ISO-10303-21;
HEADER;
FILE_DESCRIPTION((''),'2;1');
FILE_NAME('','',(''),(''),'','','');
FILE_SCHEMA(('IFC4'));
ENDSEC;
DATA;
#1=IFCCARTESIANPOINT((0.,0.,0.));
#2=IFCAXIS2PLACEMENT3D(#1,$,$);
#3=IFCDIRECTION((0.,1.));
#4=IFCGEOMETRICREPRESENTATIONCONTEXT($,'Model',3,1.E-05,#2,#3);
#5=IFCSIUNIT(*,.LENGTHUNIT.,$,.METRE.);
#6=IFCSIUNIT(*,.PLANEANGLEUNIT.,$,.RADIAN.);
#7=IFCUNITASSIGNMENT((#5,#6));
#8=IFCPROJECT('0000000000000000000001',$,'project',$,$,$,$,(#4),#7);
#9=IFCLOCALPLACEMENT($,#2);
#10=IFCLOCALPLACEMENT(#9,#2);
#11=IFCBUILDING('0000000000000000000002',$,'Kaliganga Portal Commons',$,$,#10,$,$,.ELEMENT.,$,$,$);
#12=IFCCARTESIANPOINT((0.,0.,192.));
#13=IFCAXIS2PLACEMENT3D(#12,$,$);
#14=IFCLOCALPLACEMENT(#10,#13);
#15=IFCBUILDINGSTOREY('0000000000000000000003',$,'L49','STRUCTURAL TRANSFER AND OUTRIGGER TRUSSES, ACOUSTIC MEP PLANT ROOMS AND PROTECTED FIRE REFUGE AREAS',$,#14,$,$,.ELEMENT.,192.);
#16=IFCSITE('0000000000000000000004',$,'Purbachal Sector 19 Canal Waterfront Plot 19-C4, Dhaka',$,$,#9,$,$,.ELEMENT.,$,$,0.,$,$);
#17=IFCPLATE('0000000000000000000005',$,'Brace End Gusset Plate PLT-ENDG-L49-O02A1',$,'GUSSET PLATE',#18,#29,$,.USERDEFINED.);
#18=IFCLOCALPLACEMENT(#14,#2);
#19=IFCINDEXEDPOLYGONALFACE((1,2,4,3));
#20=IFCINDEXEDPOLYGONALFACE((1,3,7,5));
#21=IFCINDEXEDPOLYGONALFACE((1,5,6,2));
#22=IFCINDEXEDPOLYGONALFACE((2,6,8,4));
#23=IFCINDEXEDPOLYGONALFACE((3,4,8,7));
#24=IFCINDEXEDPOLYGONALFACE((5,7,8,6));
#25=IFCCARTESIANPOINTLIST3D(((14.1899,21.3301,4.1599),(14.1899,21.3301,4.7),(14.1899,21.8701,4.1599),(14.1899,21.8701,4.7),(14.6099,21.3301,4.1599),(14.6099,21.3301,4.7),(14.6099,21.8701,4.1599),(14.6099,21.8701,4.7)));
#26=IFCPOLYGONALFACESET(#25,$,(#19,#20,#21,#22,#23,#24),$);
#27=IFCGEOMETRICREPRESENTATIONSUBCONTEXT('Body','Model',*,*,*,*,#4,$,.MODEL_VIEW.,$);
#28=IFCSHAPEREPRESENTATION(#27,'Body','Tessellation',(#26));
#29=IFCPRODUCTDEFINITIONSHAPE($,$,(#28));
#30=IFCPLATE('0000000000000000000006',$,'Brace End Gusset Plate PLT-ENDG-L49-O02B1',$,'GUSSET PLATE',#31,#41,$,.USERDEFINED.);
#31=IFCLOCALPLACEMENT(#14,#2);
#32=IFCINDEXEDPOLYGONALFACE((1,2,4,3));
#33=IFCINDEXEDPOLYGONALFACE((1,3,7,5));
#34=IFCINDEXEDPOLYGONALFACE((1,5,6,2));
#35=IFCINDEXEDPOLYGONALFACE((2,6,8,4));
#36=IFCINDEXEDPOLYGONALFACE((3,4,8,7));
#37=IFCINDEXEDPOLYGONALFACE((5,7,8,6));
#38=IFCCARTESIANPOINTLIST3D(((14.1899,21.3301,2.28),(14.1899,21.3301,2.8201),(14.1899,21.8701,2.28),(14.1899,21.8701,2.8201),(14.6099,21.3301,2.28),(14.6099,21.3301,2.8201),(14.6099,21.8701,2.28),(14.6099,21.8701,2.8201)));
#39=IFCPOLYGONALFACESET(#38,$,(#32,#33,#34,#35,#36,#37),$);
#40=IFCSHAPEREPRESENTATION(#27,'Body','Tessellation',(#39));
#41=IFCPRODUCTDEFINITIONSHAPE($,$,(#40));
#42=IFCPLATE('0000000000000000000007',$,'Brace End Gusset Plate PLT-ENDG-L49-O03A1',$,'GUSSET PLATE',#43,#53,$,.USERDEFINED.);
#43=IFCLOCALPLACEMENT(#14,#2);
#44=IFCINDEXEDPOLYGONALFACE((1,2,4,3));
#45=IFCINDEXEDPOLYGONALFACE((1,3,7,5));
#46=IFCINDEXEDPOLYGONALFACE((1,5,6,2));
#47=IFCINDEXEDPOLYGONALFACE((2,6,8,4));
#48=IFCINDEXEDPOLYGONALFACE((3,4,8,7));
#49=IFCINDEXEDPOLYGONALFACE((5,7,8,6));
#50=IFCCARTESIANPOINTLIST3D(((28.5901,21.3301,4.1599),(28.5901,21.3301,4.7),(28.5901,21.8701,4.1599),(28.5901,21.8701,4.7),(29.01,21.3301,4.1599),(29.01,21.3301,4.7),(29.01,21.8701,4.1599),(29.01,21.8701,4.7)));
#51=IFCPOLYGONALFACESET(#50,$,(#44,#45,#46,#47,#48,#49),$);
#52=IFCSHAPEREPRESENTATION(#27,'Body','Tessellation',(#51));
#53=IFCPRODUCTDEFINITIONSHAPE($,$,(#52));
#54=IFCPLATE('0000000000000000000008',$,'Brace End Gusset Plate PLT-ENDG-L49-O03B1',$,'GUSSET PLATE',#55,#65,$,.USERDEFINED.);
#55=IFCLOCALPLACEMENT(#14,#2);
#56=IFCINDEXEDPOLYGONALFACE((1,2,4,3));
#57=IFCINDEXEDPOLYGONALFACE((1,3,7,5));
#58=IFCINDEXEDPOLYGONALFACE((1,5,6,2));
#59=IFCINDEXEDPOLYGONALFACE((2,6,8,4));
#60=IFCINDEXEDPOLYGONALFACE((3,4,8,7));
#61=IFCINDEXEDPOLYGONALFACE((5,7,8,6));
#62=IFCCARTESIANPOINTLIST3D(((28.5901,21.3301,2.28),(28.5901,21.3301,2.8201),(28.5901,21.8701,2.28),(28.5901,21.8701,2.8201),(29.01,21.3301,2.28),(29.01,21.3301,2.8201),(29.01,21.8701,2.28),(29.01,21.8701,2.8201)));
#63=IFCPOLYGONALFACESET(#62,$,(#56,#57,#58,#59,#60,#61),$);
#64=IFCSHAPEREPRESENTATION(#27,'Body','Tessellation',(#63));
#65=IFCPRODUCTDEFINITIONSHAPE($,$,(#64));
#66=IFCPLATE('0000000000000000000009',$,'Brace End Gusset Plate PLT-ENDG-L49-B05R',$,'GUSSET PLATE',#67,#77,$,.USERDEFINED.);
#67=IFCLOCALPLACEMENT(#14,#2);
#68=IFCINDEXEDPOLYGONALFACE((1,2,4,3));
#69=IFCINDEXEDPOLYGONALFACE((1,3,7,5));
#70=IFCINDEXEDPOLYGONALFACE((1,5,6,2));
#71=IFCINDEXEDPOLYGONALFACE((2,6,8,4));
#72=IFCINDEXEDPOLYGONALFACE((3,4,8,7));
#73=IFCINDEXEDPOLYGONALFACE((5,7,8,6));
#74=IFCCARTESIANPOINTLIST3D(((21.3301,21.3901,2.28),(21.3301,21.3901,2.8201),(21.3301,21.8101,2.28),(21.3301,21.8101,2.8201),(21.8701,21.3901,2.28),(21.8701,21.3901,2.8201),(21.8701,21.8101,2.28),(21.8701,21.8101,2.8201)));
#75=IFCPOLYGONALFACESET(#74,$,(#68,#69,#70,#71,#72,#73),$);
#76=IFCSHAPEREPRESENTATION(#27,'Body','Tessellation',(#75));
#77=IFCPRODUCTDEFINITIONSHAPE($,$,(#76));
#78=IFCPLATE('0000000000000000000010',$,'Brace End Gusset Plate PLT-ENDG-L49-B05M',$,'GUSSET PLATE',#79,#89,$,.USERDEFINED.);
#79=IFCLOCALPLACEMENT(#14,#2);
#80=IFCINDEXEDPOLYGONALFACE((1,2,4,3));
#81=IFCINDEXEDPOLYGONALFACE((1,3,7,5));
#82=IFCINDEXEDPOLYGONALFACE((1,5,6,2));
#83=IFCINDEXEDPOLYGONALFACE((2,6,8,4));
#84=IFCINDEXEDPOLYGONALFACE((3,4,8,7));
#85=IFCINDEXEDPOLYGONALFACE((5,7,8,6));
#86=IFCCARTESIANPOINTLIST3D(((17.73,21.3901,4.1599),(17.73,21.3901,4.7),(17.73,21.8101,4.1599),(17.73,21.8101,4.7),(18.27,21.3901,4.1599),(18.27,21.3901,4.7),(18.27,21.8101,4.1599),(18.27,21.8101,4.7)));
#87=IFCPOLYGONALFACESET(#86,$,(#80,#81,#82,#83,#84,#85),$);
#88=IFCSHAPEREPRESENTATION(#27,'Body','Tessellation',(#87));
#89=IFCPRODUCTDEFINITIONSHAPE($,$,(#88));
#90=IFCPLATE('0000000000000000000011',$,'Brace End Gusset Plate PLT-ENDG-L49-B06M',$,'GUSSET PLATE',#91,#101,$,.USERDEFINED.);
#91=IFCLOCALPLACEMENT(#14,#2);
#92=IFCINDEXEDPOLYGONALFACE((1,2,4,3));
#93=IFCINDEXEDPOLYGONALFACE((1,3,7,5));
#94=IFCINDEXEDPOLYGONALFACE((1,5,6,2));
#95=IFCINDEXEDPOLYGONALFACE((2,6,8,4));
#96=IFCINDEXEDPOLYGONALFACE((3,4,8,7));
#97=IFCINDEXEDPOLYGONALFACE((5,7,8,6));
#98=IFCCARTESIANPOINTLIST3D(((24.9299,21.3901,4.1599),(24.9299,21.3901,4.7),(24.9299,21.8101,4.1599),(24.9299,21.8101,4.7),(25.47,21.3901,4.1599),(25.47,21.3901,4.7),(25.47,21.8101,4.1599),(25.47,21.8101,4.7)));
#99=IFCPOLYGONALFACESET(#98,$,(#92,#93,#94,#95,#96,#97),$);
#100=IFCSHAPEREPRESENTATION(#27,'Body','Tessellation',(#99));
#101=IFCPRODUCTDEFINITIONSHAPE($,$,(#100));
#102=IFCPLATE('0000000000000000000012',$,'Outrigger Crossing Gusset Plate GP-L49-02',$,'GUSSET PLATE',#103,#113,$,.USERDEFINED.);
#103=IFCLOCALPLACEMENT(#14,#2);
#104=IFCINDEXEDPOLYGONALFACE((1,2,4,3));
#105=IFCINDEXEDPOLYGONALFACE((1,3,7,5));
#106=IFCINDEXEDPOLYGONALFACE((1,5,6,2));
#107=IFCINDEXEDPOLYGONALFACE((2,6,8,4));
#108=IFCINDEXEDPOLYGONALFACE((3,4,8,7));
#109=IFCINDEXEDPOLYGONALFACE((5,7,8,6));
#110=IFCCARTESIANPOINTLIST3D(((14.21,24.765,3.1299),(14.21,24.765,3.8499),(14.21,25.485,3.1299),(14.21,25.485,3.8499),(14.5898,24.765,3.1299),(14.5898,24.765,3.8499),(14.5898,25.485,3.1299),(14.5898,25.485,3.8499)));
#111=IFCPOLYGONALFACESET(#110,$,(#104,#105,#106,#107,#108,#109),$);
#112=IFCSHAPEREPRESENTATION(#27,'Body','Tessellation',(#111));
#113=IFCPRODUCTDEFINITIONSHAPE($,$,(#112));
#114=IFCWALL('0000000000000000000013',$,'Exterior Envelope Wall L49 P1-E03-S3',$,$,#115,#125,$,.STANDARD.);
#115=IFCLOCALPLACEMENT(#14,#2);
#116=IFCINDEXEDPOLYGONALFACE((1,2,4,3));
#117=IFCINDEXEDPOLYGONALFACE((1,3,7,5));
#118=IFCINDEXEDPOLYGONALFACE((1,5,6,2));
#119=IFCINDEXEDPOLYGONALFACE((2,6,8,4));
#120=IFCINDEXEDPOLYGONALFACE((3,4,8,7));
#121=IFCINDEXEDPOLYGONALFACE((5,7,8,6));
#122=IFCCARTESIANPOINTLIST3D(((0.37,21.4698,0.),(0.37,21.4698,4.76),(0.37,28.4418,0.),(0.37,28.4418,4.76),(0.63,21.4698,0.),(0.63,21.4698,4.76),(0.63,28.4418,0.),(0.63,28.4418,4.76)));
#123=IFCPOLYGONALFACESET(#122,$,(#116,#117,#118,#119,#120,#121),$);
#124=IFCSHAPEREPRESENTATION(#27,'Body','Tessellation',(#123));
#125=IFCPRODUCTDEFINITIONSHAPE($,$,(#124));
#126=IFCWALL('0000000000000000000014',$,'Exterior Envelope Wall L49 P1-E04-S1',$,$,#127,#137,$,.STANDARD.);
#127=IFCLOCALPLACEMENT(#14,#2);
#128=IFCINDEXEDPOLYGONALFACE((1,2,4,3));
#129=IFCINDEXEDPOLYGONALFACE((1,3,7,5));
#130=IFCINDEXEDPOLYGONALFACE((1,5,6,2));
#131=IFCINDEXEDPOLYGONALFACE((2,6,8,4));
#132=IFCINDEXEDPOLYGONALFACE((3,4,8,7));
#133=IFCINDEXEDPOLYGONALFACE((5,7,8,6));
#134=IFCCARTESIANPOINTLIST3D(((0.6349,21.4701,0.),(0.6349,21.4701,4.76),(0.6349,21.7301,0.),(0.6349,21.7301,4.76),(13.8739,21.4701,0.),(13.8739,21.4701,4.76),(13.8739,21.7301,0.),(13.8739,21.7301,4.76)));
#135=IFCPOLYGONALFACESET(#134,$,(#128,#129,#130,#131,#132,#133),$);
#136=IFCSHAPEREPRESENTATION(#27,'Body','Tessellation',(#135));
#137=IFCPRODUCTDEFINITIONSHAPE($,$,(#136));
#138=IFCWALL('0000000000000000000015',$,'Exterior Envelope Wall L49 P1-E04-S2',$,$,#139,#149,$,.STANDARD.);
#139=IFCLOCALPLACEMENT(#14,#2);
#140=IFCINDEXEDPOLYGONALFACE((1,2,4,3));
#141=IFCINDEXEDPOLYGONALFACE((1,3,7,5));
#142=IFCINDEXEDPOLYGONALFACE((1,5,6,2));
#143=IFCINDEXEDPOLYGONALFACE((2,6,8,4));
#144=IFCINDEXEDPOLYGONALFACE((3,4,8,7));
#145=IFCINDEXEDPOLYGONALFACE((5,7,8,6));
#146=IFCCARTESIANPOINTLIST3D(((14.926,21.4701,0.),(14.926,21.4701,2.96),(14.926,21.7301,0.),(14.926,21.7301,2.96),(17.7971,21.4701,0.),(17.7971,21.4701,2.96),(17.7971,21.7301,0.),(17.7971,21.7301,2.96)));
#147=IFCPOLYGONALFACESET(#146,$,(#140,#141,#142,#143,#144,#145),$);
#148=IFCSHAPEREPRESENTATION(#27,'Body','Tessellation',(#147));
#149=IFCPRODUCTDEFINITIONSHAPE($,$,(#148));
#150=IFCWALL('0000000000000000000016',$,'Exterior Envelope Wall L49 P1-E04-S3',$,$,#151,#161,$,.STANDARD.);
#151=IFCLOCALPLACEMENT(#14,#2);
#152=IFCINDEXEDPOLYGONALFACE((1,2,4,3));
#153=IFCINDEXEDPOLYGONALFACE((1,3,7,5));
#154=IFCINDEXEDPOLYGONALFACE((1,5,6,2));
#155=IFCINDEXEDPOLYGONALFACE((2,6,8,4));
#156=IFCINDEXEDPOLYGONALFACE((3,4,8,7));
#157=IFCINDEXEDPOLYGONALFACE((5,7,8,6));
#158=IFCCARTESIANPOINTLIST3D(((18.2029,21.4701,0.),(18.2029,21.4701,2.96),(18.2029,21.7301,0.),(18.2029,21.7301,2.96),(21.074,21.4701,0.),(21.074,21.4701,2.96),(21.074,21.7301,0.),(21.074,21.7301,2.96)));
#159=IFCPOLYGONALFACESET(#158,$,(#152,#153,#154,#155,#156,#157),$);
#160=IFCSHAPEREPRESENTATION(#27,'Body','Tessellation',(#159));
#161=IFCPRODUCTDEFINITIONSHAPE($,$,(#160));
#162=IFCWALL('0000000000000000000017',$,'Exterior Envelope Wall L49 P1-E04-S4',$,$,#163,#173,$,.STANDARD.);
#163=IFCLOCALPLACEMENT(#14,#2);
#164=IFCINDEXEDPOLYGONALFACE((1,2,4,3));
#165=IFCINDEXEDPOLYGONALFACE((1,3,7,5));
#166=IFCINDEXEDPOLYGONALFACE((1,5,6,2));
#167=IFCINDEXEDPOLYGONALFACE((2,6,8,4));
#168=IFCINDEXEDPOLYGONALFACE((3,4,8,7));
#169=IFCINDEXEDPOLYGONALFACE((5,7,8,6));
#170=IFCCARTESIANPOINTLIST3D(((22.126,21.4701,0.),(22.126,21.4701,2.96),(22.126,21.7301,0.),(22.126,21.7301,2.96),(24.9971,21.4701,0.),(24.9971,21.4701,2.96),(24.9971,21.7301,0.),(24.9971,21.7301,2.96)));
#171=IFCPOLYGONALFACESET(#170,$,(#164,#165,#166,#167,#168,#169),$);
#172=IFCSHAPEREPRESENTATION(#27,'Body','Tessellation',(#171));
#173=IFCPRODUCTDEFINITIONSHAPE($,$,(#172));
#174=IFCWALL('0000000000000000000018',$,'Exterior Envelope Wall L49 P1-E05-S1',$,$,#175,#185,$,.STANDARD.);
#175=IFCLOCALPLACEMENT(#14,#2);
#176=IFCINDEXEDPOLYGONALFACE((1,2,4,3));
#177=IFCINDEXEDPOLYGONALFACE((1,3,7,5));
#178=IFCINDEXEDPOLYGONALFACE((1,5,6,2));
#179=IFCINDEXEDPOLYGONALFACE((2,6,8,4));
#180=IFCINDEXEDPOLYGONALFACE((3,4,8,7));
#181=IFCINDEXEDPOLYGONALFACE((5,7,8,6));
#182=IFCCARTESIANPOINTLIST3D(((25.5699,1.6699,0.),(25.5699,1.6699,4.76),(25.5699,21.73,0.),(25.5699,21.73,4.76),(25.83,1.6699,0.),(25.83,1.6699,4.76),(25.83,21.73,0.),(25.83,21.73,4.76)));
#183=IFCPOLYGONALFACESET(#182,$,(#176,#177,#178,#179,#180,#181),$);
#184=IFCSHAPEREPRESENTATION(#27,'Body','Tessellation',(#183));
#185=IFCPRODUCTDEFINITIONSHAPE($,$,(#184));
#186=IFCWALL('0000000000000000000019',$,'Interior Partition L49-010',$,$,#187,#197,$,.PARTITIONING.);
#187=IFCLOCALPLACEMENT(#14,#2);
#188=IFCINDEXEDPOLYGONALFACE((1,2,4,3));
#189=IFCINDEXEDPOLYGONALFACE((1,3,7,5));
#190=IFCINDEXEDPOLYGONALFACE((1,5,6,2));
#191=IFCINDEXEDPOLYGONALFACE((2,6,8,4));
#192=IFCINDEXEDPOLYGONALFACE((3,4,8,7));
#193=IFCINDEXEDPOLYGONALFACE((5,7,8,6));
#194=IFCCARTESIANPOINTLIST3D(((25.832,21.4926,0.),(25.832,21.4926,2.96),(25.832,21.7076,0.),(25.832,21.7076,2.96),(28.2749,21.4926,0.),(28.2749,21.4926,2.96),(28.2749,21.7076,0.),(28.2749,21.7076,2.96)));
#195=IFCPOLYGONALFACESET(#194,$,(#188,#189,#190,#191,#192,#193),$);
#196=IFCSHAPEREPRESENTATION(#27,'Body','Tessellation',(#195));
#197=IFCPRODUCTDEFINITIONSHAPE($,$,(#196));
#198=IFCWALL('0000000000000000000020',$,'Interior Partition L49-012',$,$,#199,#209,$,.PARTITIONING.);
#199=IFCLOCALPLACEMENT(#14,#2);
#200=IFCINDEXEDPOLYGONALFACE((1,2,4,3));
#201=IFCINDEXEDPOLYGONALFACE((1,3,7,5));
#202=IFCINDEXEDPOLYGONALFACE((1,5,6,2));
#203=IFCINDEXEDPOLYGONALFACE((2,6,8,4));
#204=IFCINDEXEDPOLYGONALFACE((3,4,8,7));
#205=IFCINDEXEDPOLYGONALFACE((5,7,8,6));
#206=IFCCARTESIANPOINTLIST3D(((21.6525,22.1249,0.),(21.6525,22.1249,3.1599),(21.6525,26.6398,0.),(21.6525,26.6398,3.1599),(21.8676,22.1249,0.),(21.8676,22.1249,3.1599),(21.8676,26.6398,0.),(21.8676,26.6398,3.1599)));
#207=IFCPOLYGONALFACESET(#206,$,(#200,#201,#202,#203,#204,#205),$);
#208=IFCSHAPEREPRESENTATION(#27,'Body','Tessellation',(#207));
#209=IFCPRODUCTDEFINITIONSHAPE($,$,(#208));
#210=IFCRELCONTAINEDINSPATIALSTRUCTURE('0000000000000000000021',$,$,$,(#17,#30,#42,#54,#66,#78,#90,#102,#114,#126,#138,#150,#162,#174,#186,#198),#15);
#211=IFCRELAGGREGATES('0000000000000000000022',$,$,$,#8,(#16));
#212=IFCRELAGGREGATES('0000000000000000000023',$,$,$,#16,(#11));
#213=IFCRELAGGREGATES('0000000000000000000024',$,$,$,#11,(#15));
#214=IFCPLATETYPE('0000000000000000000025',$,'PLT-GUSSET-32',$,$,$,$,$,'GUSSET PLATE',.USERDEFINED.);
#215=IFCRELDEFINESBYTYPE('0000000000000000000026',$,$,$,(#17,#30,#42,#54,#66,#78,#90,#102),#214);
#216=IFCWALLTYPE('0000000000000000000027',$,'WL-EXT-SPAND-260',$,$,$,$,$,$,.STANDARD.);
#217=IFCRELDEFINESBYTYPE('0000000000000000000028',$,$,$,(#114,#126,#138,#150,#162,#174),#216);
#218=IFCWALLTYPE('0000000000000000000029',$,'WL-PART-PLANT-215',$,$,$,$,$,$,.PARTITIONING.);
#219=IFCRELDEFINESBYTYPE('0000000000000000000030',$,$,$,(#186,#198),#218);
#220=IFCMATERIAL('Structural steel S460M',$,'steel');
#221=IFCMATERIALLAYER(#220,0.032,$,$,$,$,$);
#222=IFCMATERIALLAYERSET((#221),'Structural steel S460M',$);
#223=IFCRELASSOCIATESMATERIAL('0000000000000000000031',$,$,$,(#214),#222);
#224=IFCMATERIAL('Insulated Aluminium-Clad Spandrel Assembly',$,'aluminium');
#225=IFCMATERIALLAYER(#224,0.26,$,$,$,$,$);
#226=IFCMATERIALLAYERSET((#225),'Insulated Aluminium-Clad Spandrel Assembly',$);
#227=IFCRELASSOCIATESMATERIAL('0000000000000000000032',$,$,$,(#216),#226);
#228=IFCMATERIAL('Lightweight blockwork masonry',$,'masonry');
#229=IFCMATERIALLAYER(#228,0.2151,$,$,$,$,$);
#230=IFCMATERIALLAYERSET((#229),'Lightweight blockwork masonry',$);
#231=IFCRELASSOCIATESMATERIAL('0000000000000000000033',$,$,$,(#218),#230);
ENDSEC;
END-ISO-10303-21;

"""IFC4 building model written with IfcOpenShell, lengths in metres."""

from ifc_helpers import new_model, si_unit, direction, frame, frame_2d, origin, origin_2d, place, context, subcontext, project, spatial, rectangle, extrude, source, transform, mapped, material, layer, layer_set, type_object, element, save


model = new_model("IFC4")

# Units and contexts
model_context = context("Model", 3, precision=1e-05, world=origin(), true_north=direction((0.0, 1.0)))
body_context = subcontext(model_context, "Body", "Model", "MODEL_VIEW")
ifc_project = project(units=[si_unit("LENGTHUNIT", "METRE"), si_unit("PLANEANGLEUNIT", "RADIAN")], contexts=[model_context])

# Site, building, storey
site_placement = place(None, origin())
site = spatial("IfcSite", under=ifc_project, at=site_placement, Name="Purbachal Sector 19 Canal Waterfront Plot 19-C4, Dhaka", CompositionType="ELEMENT", RefElevation=0.0)
building_placement = place(site_placement, origin())
building = spatial("IfcBuilding", under=site, at=building_placement, Name="Kaliganga Portal Commons", CompositionType="ELEMENT")
storey_placement = place(building_placement, frame((0.0, 0.0, 192.0)))
storey = spatial("IfcBuildingStorey", under=building, at=storey_placement, Name="L49", Description="STRUCTURAL TRANSFER AND OUTRIGGER TRUSSES, ACOUSTIC MEP PLANT ROOMS AND PROTECTED FIRE REFUGE AREAS", CompositionType="ELEMENT", Elevation=192.0)

# Shared definitions
ifc_material_1 = material(Name="Structural steel S460M", Category="steel")

# Plates
ifc_layer_1 = layer(ifc_material_1, 0.032)
ifc_layer_set_1 = layer_set([ifc_layer_1], Name="Structural steel S460M")
plate_type = type_object("IfcPlateType", Name="PLT-GUSSET-32", ElementType="GUSSET PLATE", PredefinedType="USERDEFINED", material=ifc_layer_set_1)
shared_shape_1 = source(origin(), body_context, "Body", "SweptSolid", [
    extrude(rectangle(XDim=0.54, YDim=0.4199, at=origin_2d()), origin(), (0.0, 0.0, 1.0), 0.54),
])
for number, where, z_axis, x_axis, name in (
    (1, (14.3999, 21.6001, 4.1599), (0.0, 0.0, 1.0), (0.0, -1.0, 0.0), "Brace End Gusset Plate PLT-ENDG-L49-O02A1"),
    (2, (14.3999, 21.6001, 2.28), (0.0, 0.0, 1.0), (0.0, -1.0, 0.0), "Brace End Gusset Plate PLT-ENDG-L49-O02B1"),
    (3, (28.8, 21.6001, 4.1599), (0.0, 0.0, 1.0), (0.0, -1.0, 0.0), "Brace End Gusset Plate PLT-ENDG-L49-O03A1"),
    (4, (28.8, 21.6001, 2.28), (0.0, 0.0, 1.0), (0.0, -1.0, 0.0), "Brace End Gusset Plate PLT-ENDG-L49-O03B1"),
    (5, (21.6001, 21.6001, 2.28), (0.0, 0.0, 1.0), (1.0, 0.0, 0.0), "Brace End Gusset Plate PLT-ENDG-L49-B05R"),
    (6, (18.0, 21.6001, 4.1599), (0.0, 0.0, 1.0), (1.0, 0.0, 0.0), "Brace End Gusset Plate PLT-ENDG-L49-B05M"),
    (7, (25.2, 21.6001, 4.1599), (0.0, 0.0, 1.0), (1.0, 0.0, 0.0), "Brace End Gusset Plate PLT-ENDG-L49-B06M"),
):
    element("IfcPlate", number, at=place(storey_placement, frame(where, z_axis=z_axis, x_axis=x_axis)), inside=storey, type_object=plate_type, Name=name, ObjectType="GUSSET PLATE", PredefinedType="USERDEFINED", context=body_context, shape_type="MappedRepresentation", body=[
        mapped(shared_shape_1, transform((0.0, 0.0, 0.0), x_axis=(1.0, 0.0, 0.0), y_axis=(0.0, 1.0, 0.0), z_axis=(0.0, 0.0, 1.0), scale=1.0)),
    ])
shared_shape_2 = source(origin(), body_context, "Body", "SweptSolid", [
    extrude(rectangle(XDim=0.72, YDim=0.3799, at=origin_2d()), origin(), (0.0, 0.0, 1.0), 0.72),
])
plate_placement = place(storey_placement, frame((14.3999, 25.125, 3.1299), z_axis=(0.0, 0.0, 1.0), x_axis=(0.0, -1.0, 0.0)))
element("IfcPlate", 8, at=plate_placement, inside=storey, type_object=plate_type, Name="Outrigger Crossing Gusset Plate GP-L49-02", ObjectType="GUSSET PLATE", PredefinedType="USERDEFINED", context=body_context, shape_type="MappedRepresentation", body=[
    mapped(shared_shape_2, transform((0.0, 0.0, 0.0), x_axis=(1.0, 0.0, 0.0), y_axis=(0.0, 1.0, 0.0), z_axis=(0.0, 0.0, 1.0), scale=1.0)),
])

# Walls
ifc_material_2 = material(Name="Insulated Aluminium-Clad Spandrel Assembly", Category="aluminium")
ifc_layer_2 = layer(ifc_material_2, 0.26)
ifc_layer_set_2 = layer_set([ifc_layer_2], Name="Insulated Aluminium-Clad Spandrel Assembly")
wall_type_1 = type_object("IfcWallType", Name="WL-EXT-SPAND-260", PredefinedType="STANDARD", material=ifc_layer_set_2)
wall_1_placement = place(storey_placement, frame((0.5, 21.47, 0.0), z_axis=(0.0, 0.0, 1.0), x_axis=(0.0, 1.0, 0.0)))
element("IfcWall", 9, at=wall_1_placement, inside=storey, type_object=wall_type_1, Name="Exterior Envelope Wall L49 P1-E03-S3", PredefinedType="STANDARD", context=body_context, shape_type="SweptSolid", body=[
    extrude(rectangle(XDim=6.9719, YDim=0.26, at=frame_2d((3.4858, 0.0))), origin(), (0.0, 0.0, 1.0), 4.76),
])
wall_2_placement = place(storey_placement, frame((13.874, 21.6001, 0.0), z_axis=(0.0, 0.0, 1.0), x_axis=(-1.0, 0.0, 0.0)))
element("IfcWall", 10, at=wall_2_placement, inside=storey, type_object=wall_type_1, Name="Exterior Envelope Wall L49 P1-E04-S1", PredefinedType="STANDARD", context=body_context, shape_type="SweptSolid", body=[
    extrude(rectangle(XDim=13.239, YDim=0.26, at=frame_2d((6.6196, 0.0))), origin(), (0.0, 0.0, 1.0), 4.76),
])
for number, where, z_axis, x_axis, name in (
    (11, (17.7971, 21.6001, 0.0), (0.0, 0.0, 1.0), (-1.0, 0.0, 0.0), "Exterior Envelope Wall L49 P1-E04-S2"),
    (12, (21.074, 21.6001, 0.0), (0.0, 0.0, 1.0), (-1.0, 0.0, 0.0), "Exterior Envelope Wall L49 P1-E04-S3"),
    (13, (24.9971, 21.6001, 0.0), (0.0, 0.0, 1.0), (-1.0, 0.0, 0.0), "Exterior Envelope Wall L49 P1-E04-S4"),
):
    element("IfcWall", number, at=place(storey_placement, frame(where, z_axis=z_axis, x_axis=x_axis)), inside=storey, type_object=wall_type_1, Name=name, PredefinedType="STANDARD", context=body_context, shape_type="SweptSolid", body=[
        extrude(rectangle(XDim=2.8711, YDim=0.26, at=frame_2d((1.4355, 0.0))), origin(), (0.0, 0.0, 1.0), 2.96),
    ])
wall_3_placement = place(storey_placement, frame((25.7, 1.6699, 0.0), z_axis=(0.0, 0.0, 1.0), x_axis=(0.0, 1.0, 0.0)))
element("IfcWall", 14, at=wall_3_placement, inside=storey, type_object=wall_type_1, Name="Exterior Envelope Wall L49 P1-E05-S1", PredefinedType="STANDARD", context=body_context, shape_type="SweptSolid", body=[
    extrude(rectangle(XDim=20.0601, YDim=0.26, at=frame_2d((10.03, 0.0))), origin(), (0.0, 0.0, 1.0), 4.76),
])
ifc_material_3 = material(Name="Lightweight blockwork masonry", Category="masonry")
ifc_layer_3 = layer(ifc_material_3, 0.2151)
ifc_layer_set_3 = layer_set([ifc_layer_3], Name="Lightweight blockwork masonry")
wall_type_2 = type_object("IfcWallType", Name="WL-PART-PLANT-215", PredefinedType="PARTITIONING", material=ifc_layer_set_3)
wall_4_placement = place(storey_placement, frame((25.832, 21.6001, 0.0), z_axis=(0.0, 0.0, 1.0), x_axis=(1.0, 0.0, 0.0)))
element("IfcWall", 15, at=wall_4_placement, inside=storey, type_object=wall_type_2, Name="Interior Partition L49-010", PredefinedType="PARTITIONING", context=body_context, shape_type="SweptSolid", body=[
    extrude(rectangle(XDim=2.4429, YDim=0.2151, at=frame_2d((1.2214, 0.0))), origin(), (0.0, 0.0, 1.0), 2.96),
])
wall_5_placement = place(storey_placement, frame((21.76, 22.125, 0.0), z_axis=(0.0, 0.0, 1.0), x_axis=(0.0, 1.0, 0.0)))
element("IfcWall", 16, at=wall_5_placement, inside=storey, type_object=wall_type_2, Name="Interior Partition L49-012", PredefinedType="PARTITIONING", context=body_context, shape_type="SweptSolid", body=[
    extrude(rectangle(XDim=4.5149, YDim=0.2151, at=frame_2d((2.2573, 0.0))), origin(), (0.0, 0.0, 1.0), 3.1599),
])

save(model, "model.ifc")
